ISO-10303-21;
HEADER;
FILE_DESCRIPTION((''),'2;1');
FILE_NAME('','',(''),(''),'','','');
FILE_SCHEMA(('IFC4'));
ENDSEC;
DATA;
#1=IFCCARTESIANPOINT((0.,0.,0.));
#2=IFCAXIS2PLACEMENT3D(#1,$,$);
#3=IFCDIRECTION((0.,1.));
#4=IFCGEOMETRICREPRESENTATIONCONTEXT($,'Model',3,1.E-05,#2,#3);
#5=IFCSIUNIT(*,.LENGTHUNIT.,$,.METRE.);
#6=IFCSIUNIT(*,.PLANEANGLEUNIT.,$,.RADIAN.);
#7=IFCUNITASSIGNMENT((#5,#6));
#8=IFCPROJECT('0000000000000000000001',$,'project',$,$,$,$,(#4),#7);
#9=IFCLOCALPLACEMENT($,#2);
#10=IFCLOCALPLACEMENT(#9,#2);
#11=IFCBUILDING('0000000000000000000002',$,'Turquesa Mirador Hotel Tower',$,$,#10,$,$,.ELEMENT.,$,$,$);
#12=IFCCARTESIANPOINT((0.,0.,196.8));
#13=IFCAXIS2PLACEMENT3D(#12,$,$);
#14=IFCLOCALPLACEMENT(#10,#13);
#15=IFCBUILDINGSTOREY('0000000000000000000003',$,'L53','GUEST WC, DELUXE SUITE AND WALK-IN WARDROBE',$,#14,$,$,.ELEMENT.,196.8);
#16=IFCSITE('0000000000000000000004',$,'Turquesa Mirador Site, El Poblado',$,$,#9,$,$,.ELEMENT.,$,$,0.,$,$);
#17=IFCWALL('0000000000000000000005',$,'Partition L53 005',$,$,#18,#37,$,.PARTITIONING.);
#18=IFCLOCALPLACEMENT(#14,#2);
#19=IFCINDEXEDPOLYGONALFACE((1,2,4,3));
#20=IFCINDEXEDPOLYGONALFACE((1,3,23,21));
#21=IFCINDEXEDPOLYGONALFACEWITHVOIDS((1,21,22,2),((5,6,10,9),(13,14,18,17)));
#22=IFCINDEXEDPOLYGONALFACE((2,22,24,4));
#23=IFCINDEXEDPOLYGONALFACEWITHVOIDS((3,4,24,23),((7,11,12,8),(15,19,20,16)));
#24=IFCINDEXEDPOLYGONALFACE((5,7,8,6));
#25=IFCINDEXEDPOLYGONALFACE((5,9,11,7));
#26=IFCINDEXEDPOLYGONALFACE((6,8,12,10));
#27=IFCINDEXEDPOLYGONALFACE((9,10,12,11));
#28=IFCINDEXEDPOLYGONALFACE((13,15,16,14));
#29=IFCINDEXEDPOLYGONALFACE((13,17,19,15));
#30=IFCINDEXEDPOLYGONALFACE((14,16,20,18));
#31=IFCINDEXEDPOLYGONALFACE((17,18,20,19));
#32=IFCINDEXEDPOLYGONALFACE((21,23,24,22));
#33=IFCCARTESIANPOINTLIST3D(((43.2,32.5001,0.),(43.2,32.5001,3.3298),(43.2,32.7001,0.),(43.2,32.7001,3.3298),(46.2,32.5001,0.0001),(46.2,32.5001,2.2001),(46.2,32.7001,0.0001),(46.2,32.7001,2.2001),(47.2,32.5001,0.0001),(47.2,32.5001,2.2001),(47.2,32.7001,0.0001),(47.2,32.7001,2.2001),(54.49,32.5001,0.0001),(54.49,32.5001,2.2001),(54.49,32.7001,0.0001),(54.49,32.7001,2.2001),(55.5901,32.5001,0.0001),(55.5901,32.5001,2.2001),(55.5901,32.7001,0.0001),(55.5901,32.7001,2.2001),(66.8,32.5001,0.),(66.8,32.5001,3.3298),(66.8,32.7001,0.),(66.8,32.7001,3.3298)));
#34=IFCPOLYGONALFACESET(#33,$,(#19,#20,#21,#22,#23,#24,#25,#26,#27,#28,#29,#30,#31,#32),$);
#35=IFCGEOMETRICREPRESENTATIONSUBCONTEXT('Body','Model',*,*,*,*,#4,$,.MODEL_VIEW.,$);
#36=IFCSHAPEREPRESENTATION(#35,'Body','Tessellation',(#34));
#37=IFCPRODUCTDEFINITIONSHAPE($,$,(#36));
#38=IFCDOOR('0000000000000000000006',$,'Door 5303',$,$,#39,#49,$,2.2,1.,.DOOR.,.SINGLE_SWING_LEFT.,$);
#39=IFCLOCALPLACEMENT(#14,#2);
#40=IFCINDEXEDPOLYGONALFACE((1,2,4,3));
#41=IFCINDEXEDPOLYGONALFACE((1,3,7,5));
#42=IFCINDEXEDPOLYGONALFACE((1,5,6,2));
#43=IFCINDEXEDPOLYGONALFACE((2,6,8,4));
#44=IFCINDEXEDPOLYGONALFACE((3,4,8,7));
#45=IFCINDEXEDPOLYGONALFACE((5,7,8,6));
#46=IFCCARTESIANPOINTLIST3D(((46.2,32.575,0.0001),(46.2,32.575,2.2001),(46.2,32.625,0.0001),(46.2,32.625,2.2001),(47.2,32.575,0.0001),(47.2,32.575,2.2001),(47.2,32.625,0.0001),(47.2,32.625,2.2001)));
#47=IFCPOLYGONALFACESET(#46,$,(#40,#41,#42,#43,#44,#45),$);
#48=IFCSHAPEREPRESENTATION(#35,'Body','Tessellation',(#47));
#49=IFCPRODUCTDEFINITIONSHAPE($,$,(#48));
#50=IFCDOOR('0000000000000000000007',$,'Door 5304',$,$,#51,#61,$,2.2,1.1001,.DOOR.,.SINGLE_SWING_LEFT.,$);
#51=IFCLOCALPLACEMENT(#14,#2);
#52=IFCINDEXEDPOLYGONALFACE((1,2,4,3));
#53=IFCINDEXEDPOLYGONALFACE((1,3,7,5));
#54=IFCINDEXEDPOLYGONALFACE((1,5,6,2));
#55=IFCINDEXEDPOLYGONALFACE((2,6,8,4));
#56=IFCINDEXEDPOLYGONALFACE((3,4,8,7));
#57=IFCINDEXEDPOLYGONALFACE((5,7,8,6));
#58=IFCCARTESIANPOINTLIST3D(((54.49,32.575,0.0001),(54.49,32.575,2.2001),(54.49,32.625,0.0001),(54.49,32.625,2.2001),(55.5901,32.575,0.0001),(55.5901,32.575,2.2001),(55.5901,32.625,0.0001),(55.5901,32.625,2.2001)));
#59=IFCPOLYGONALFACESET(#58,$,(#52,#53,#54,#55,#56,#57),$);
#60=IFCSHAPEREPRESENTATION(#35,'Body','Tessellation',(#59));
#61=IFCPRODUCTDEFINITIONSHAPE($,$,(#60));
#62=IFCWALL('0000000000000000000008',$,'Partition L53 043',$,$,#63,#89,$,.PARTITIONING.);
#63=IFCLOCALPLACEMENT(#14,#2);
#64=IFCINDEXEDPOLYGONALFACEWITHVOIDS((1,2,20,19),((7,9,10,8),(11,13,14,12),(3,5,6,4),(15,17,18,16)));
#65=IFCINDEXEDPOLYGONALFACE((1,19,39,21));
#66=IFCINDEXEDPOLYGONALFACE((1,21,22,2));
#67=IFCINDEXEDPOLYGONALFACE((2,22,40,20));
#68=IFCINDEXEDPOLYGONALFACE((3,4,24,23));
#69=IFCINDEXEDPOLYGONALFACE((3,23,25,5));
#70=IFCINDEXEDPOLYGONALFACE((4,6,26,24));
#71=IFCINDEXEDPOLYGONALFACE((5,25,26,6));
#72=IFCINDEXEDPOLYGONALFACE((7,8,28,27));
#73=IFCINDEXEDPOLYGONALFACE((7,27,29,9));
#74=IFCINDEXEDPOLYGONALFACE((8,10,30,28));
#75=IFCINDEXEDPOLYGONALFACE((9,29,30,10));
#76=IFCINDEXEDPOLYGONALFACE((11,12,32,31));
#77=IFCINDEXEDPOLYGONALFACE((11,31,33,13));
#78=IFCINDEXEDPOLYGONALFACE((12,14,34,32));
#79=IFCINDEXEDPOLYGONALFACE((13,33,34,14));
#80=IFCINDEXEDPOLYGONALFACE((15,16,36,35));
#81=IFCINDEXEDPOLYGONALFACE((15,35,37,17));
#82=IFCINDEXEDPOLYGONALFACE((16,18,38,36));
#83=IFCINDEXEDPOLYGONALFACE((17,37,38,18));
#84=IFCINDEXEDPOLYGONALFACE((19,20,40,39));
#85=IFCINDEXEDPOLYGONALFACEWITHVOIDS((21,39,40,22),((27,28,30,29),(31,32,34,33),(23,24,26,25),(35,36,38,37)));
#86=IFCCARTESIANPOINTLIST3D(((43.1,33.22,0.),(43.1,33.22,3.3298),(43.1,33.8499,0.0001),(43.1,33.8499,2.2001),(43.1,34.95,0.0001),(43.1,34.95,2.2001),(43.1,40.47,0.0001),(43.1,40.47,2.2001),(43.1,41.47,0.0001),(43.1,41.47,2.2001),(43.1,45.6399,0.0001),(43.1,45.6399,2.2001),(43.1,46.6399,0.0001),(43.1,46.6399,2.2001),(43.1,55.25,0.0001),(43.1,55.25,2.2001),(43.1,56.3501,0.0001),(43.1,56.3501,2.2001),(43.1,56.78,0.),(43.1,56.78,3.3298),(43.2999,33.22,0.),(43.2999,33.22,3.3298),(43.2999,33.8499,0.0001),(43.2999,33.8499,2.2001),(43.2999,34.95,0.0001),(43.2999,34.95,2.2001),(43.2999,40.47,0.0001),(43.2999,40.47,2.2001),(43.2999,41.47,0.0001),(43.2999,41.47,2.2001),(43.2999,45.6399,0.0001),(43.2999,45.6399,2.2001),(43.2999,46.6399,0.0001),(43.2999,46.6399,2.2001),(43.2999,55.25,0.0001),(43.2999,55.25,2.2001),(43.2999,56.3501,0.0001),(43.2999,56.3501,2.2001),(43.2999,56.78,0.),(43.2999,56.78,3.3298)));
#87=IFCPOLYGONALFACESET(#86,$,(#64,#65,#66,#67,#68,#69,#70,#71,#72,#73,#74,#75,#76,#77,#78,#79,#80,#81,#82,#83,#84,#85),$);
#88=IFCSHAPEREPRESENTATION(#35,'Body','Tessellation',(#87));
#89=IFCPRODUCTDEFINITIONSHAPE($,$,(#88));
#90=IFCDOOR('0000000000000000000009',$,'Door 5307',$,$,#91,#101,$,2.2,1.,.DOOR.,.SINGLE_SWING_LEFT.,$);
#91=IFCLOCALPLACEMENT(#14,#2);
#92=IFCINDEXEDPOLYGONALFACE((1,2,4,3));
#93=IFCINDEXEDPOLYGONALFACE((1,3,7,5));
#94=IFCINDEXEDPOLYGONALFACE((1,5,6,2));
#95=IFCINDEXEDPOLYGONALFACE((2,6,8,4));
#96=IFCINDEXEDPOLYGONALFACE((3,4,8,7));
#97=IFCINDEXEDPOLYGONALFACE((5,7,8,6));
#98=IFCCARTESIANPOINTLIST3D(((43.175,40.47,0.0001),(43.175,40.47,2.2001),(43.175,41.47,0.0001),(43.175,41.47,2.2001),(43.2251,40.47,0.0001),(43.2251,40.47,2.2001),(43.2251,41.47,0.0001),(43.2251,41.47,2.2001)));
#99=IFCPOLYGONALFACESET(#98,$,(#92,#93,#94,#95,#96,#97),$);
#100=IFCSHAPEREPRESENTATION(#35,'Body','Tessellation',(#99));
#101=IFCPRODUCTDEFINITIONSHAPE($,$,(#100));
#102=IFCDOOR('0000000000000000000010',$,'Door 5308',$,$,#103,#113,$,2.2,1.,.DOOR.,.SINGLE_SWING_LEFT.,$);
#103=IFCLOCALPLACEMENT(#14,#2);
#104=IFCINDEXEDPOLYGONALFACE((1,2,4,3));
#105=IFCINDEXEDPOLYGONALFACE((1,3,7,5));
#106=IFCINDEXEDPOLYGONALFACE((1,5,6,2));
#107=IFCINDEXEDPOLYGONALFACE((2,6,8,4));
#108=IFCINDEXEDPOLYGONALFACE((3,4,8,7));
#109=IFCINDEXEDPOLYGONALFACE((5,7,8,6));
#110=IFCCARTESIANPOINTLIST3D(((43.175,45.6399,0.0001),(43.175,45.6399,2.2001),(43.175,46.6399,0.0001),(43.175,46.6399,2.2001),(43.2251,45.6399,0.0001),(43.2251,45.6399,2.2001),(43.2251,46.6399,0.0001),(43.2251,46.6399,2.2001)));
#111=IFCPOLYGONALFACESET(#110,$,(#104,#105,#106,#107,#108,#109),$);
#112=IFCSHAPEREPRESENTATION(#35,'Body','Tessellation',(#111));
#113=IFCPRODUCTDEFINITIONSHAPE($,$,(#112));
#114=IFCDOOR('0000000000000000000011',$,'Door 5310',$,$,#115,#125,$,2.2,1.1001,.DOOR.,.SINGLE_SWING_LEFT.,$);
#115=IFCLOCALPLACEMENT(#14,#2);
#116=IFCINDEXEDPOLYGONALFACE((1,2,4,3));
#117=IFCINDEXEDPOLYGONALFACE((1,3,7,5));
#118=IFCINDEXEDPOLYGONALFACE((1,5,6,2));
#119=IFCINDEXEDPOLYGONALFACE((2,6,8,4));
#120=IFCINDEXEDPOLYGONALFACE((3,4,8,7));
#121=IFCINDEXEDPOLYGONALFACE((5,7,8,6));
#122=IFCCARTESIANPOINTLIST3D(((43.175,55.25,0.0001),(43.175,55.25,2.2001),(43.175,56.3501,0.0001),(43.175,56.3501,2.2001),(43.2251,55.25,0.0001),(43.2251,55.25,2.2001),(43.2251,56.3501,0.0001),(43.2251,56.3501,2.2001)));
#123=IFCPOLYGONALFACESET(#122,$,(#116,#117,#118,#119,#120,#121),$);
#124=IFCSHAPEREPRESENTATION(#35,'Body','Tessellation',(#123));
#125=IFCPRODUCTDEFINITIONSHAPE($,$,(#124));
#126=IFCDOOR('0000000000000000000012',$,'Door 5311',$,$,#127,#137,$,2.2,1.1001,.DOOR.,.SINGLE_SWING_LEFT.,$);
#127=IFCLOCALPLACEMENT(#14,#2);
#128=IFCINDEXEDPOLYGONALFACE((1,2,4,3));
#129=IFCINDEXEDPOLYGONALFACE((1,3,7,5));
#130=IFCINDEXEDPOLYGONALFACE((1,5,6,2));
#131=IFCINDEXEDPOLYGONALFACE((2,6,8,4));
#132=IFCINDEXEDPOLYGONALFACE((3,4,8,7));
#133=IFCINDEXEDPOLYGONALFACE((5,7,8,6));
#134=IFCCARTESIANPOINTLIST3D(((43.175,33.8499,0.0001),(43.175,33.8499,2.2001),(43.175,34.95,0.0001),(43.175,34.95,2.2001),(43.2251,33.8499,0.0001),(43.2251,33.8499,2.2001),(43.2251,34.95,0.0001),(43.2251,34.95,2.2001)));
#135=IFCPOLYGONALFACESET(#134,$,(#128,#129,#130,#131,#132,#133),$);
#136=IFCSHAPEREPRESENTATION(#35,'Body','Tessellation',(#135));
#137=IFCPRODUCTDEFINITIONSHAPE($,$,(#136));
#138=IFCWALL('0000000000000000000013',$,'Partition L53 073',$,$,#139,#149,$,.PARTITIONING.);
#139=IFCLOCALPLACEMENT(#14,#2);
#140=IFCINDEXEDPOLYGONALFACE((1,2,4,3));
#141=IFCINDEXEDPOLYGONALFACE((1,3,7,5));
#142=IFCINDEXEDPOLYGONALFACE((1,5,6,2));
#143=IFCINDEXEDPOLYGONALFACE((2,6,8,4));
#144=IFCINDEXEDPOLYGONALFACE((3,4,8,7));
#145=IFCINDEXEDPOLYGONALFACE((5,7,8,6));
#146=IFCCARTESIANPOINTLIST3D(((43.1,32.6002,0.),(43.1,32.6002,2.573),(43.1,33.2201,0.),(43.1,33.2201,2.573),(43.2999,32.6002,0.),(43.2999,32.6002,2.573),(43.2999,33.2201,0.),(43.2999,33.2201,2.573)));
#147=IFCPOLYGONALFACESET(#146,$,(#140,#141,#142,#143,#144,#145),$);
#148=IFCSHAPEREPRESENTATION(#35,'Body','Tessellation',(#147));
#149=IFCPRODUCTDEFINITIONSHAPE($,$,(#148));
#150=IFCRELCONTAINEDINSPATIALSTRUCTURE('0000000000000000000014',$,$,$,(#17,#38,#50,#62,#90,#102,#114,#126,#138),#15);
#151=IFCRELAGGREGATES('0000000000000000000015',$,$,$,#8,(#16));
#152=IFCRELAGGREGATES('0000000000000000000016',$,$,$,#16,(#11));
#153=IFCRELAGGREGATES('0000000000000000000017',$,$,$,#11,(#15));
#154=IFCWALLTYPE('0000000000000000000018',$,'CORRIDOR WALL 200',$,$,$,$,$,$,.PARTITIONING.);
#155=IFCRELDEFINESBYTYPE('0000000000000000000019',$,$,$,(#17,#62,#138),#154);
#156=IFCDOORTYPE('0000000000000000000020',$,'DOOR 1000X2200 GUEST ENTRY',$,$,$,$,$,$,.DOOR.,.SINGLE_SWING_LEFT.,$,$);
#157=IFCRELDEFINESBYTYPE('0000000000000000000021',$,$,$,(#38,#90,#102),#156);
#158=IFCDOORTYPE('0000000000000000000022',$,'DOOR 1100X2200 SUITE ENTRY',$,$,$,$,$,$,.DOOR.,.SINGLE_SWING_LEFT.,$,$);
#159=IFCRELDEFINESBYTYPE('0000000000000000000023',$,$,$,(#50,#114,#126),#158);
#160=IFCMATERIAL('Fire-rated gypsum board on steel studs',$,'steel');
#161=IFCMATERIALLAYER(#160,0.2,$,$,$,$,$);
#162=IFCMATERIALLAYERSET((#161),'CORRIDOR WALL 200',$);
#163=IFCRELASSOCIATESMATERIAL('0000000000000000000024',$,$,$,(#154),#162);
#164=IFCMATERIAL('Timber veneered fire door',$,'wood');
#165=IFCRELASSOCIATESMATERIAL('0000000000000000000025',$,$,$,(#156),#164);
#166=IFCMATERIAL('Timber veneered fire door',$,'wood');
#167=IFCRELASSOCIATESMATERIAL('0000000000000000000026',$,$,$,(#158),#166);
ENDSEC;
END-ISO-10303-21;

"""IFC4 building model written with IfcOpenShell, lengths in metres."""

from ifc_helpers import new_model, si_unit, direction, frame, frame_2d, origin, place, context, subcontext, project, spatial, rectangle, extrude, material, layer, layer_set, type_object, element, fill, save


model = new_model("IFC4")

# Units and contexts
model_context = context("Model", 3, precision=1e-05, world=origin(), true_north=direction((0.0, 1.0)))
body_context = subcontext(model_context, "Body", "Model", "MODEL_VIEW")
ifc_project = project(units=[si_unit("LENGTHUNIT", "METRE"), si_unit("PLANEANGLEUNIT", "RADIAN")], contexts=[model_context])

# Site, building, storey
site_placement = place(None, origin())
site = spatial("IfcSite", under=ifc_project, at=site_placement, Name="Turquesa Mirador Site, El Poblado", CompositionType="ELEMENT", RefElevation=0.0)
building_placement = place(site_placement, origin())
building = spatial("IfcBuilding", under=site, at=building_placement, Name="Turquesa Mirador Hotel Tower", CompositionType="ELEMENT")
storey_placement = place(building_placement, frame((0.0, 0.0, 196.8)))
storey = spatial("IfcBuildingStorey", under=building, at=storey_placement, Name="L53", Description="GUEST WC, DELUXE SUITE AND WALK-IN WARDROBE", CompositionType="ELEMENT", Elevation=196.8)

# Walls, openings, doors
ifc_material_1 = material(Name="Fire-rated gypsum board on steel studs", Category="steel")
ifc_layer_1 = layer(ifc_material_1, 0.2)
ifc_layer_set_1 = layer_set([ifc_layer_1], Name="CORRIDOR WALL 200")
wall_type_1 = type_object("IfcWallType", Name="CORRIDOR WALL 200", PredefinedType="PARTITIONING", material=ifc_layer_set_1)
wall_1_placement = place(storey_placement, frame((43.2, 32.6001, 0.0), z_axis=(0.0, 0.0, 1.0), x_axis=(1.0, 0.0, 0.0)))
wall_1 = element("IfcWall", 1, at=wall_1_placement, inside=storey, type_object=wall_type_1, Name="Partition L53 005", PredefinedType="PARTITIONING", context=body_context, shape_type="SweptSolid", body=[
    extrude(rectangle(XDim=23.6001, YDim=0.2, at=frame_2d((11.8, 0.0))), origin(), (0.0, 0.0, 1.0), 3.3298),
])
opening_1_placement = place(wall_1_placement, frame((3.0, 0.0, 0.0)))
opening_1 = element("IfcOpeningElement", 2, at=opening_1_placement, cuts=wall_1, PredefinedType="OPENING", context=body_context, shape_type="SweptSolid", body=[
    extrude(rectangle(XDim=1.0, YDim=2.2, at=frame_2d((0.5, 1.1001))), frame((0.0, 0.1099, 0.0), z_axis=(0.0, -1.0, 0.0), x_axis=(1.0, 0.0, 0.0)), (0.0, 0.0, 1.0), 0.22),
])
opening_2_placement = place(wall_1_placement, frame((11.29, 0.0, 0.0)))
opening_2 = element("IfcOpeningElement", 3, at=opening_2_placement, cuts=wall_1, PredefinedType="OPENING", context=body_context, shape_type="SweptSolid", body=[
    extrude(rectangle(XDim=1.1001, YDim=2.2, at=frame_2d((0.55, 1.1001))), frame((0.0, 0.1099, 0.0), z_axis=(0.0, -1.0, 0.0), x_axis=(1.0, 0.0, 0.0)), (0.0, 0.0, 1.0), 0.22),
])
ifc_material_2 = material(Name="Timber veneered fire door", Category="wood")
door_type_1 = type_object("IfcDoorType", Name="DOOR 1000X2200 GUEST ENTRY", OperationType="SINGLE_SWING_LEFT", PredefinedType="DOOR", material=ifc_material_2)
door_1_placement = place(opening_1_placement, origin())
door_1 = element("IfcDoor", 4, at=door_1_placement, inside=storey, type_object=door_type_1, Name="Door 5303", OperationType="SINGLE_SWING_LEFT", OverallHeight=2.2, OverallWidth=1.0, PredefinedType="DOOR", context=body_context, shape_type="SweptSolid", body=[
    extrude(rectangle(XDim=1.0, YDim=2.2, at=frame_2d((0.5, 1.1001))), frame((0.0, 0.0249, 0.0), z_axis=(0.0, -1.0, 0.0), x_axis=(1.0, 0.0, 0.0)), (0.0, 0.0, 1.0), 0.05),
])
fill(opening_1, door_1)
ifc_material_3 = material(Name="Timber veneered fire door", Category="wood")
door_type_2 = type_object("IfcDoorType", Name="DOOR 1100X2200 SUITE ENTRY", OperationType="SINGLE_SWING_LEFT", PredefinedType="DOOR", material=ifc_material_3)
door_2_placement = place(opening_2_placement, origin())
door_2 = element("IfcDoor", 5, at=door_2_placement, inside=storey, type_object=door_type_2, Name="Door 5304", OperationType="SINGLE_SWING_LEFT", OverallHeight=2.2, OverallWidth=1.1001, PredefinedType="DOOR", context=body_context, shape_type="SweptSolid", body=[
    extrude(rectangle(XDim=1.1001, YDim=2.2, at=frame_2d((0.55, 1.1001))), frame((0.0, 0.0249, 0.0), z_axis=(0.0, -1.0, 0.0), x_axis=(1.0, 0.0, 0.0)), (0.0, 0.0, 1.0), 0.05),
])
fill(opening_2, door_2)
wall_2_placement = place(storey_placement, frame((43.2, 33.22, 0.0), z_axis=(0.0, 0.0, 1.0), x_axis=(0.0, 1.0, 0.0)))
wall_2 = element("IfcWall", 6, at=wall_2_placement, inside=storey, type_object=wall_type_1, Name="Partition L53 043", PredefinedType="PARTITIONING", context=body_context, shape_type="SweptSolid", body=[
    extrude(rectangle(XDim=23.5601, YDim=0.2, at=frame_2d((11.78, 0.0))), origin(), (0.0, 0.0, 1.0), 3.3298),
])
opening_3_placement = place(wall_2_placement, frame((7.25, 0.0, 0.0)))
opening_3 = element("IfcOpeningElement", 7, at=opening_3_placement, cuts=wall_2, PredefinedType="OPENING", context=body_context, shape_type="SweptSolid", body=[
    extrude(rectangle(XDim=1.0, YDim=2.2, at=frame_2d((0.5, 1.1001))), frame((0.0, 0.1099, 0.0), z_axis=(0.0, -1.0, 0.0), x_axis=(1.0, 0.0, 0.0)), (0.0, 0.0, 1.0), 0.22),
])
opening_4_placement = place(wall_2_placement, frame((12.4199, 0.0, 0.0)))
opening_4 = element("IfcOpeningElement", 8, at=opening_4_placement, cuts=wall_2, PredefinedType="OPENING", context=body_context, shape_type="SweptSolid", body=[
    extrude(rectangle(XDim=1.0, YDim=2.2, at=frame_2d((0.5, 1.1001))), frame((0.0, 0.1099, 0.0), z_axis=(0.0, -1.0, 0.0), x_axis=(1.0, 0.0, 0.0)), (0.0, 0.0, 1.0), 0.22),
])
opening_5_placement = place(wall_2_placement, frame((22.03, 0.0, 0.0)))
opening_5 = element("IfcOpeningElement", 9, at=opening_5_placement, cuts=wall_2, PredefinedType="OPENING", context=body_context, shape_type="SweptSolid", body=[
    extrude(rectangle(XDim=1.1001, YDim=2.2, at=frame_2d((0.55, 1.1001))), frame((0.0, 0.1099, 0.0), z_axis=(0.0, -1.0, 0.0), x_axis=(1.0, 0.0, 0.0)), (0.0, 0.0, 1.0), 0.22),
])
opening_6_placement = place(wall_2_placement, frame((0.6299, 0.0, 0.0)))
opening_6 = element("IfcOpeningElement", 10, at=opening_6_placement, cuts=wall_2, PredefinedType="OPENING", context=body_context, shape_type="SweptSolid", body=[
    extrude(rectangle(XDim=1.1001, YDim=2.2, at=frame_2d((0.55, 1.1001))), frame((0.0, 0.1099, 0.0), z_axis=(0.0, -1.0, 0.0), x_axis=(1.0, 0.0, 0.0)), (0.0, 0.0, 1.0), 0.22),
])
door_3_placement = place(opening_3_placement, origin())
door_3 = element("IfcDoor", 11, at=door_3_placement, inside=storey, type_object=door_type_1, Name="Door 5307", OperationType="SINGLE_SWING_LEFT", OverallHeight=2.2, OverallWidth=1.0, PredefinedType="DOOR", context=body_context, shape_type="SweptSolid", body=[
    extrude(rectangle(XDim=1.0, YDim=2.2, at=frame_2d((0.5, 1.1001))), frame((0.0, 0.0249, 0.0), z_axis=(0.0, -1.0, 0.0), x_axis=(1.0, 0.0, 0.0)), (0.0, 0.0, 1.0), 0.05),
])
fill(opening_3, door_3)
door_4_placement = place(opening_4_placement, origin())
door_4 = element("IfcDoor", 12, at=door_4_placement, inside=storey, type_object=door_type_1, Name="Door 5308", OperationType="SINGLE_SWING_LEFT", OverallHeight=2.2, OverallWidth=1.0, PredefinedType="DOOR", context=body_context, shape_type="SweptSolid", body=[
    extrude(rectangle(XDim=1.0, YDim=2.2, at=frame_2d((0.5, 1.1001))), frame((0.0, 0.0249, 0.0), z_axis=(0.0, -1.0, 0.0), x_axis=(1.0, 0.0, 0.0)), (0.0, 0.0, 1.0), 0.05),
])
fill(opening_4, door_4)
door_5_placement = place(opening_5_placement, origin())
door_5 = element("IfcDoor", 13, at=door_5_placement, inside=storey, type_object=door_type_2, Name="Door 5310", OperationType="SINGLE_SWING_LEFT", OverallHeight=2.2, OverallWidth=1.1001, PredefinedType="DOOR", context=body_context, shape_type="SweptSolid", body=[
    extrude(rectangle(XDim=1.1001, YDim=2.2, at=frame_2d((0.55, 1.1001))), frame((0.0, 0.0249, 0.0), z_axis=(0.0, -1.0, 0.0), x_axis=(1.0, 0.0, 0.0)), (0.0, 0.0, 1.0), 0.05),
])
fill(opening_5, door_5)
door_6_placement = place(opening_6_placement, origin())
door_6 = element("IfcDoor", 14, at=door_6_placement, inside=storey, type_object=door_type_2, Name="Door 5311", OperationType="SINGLE_SWING_LEFT", OverallHeight=2.2, OverallWidth=1.1001, PredefinedType="DOOR", context=body_context, shape_type="SweptSolid", body=[
    extrude(rectangle(XDim=1.1001, YDim=2.2, at=frame_2d((0.55, 1.1001))), frame((0.0, 0.0249, 0.0), z_axis=(0.0, -1.0, 0.0), x_axis=(1.0, 0.0, 0.0)), (0.0, 0.0, 1.0), 0.05),
])
fill(opening_6, door_6)

# Wall
wall_3_placement = place(storey_placement, frame((43.2, 32.6001, 0.0), z_axis=(0.0, 0.0, 1.0), x_axis=(0.0, 1.0, 0.0)))
element("IfcWall", 15, at=wall_3_placement, inside=storey, type_object=wall_type_1, Name="Partition L53 073", PredefinedType="PARTITIONING", context=body_context, shape_type="SweptSolid", body=[
    extrude(rectangle(XDim=0.6199, YDim=0.2, at=frame_2d((0.3101, 0.0))), origin(), (0.0, 0.0, 1.0), 2.573),
])

save(model, "model.ifc")
